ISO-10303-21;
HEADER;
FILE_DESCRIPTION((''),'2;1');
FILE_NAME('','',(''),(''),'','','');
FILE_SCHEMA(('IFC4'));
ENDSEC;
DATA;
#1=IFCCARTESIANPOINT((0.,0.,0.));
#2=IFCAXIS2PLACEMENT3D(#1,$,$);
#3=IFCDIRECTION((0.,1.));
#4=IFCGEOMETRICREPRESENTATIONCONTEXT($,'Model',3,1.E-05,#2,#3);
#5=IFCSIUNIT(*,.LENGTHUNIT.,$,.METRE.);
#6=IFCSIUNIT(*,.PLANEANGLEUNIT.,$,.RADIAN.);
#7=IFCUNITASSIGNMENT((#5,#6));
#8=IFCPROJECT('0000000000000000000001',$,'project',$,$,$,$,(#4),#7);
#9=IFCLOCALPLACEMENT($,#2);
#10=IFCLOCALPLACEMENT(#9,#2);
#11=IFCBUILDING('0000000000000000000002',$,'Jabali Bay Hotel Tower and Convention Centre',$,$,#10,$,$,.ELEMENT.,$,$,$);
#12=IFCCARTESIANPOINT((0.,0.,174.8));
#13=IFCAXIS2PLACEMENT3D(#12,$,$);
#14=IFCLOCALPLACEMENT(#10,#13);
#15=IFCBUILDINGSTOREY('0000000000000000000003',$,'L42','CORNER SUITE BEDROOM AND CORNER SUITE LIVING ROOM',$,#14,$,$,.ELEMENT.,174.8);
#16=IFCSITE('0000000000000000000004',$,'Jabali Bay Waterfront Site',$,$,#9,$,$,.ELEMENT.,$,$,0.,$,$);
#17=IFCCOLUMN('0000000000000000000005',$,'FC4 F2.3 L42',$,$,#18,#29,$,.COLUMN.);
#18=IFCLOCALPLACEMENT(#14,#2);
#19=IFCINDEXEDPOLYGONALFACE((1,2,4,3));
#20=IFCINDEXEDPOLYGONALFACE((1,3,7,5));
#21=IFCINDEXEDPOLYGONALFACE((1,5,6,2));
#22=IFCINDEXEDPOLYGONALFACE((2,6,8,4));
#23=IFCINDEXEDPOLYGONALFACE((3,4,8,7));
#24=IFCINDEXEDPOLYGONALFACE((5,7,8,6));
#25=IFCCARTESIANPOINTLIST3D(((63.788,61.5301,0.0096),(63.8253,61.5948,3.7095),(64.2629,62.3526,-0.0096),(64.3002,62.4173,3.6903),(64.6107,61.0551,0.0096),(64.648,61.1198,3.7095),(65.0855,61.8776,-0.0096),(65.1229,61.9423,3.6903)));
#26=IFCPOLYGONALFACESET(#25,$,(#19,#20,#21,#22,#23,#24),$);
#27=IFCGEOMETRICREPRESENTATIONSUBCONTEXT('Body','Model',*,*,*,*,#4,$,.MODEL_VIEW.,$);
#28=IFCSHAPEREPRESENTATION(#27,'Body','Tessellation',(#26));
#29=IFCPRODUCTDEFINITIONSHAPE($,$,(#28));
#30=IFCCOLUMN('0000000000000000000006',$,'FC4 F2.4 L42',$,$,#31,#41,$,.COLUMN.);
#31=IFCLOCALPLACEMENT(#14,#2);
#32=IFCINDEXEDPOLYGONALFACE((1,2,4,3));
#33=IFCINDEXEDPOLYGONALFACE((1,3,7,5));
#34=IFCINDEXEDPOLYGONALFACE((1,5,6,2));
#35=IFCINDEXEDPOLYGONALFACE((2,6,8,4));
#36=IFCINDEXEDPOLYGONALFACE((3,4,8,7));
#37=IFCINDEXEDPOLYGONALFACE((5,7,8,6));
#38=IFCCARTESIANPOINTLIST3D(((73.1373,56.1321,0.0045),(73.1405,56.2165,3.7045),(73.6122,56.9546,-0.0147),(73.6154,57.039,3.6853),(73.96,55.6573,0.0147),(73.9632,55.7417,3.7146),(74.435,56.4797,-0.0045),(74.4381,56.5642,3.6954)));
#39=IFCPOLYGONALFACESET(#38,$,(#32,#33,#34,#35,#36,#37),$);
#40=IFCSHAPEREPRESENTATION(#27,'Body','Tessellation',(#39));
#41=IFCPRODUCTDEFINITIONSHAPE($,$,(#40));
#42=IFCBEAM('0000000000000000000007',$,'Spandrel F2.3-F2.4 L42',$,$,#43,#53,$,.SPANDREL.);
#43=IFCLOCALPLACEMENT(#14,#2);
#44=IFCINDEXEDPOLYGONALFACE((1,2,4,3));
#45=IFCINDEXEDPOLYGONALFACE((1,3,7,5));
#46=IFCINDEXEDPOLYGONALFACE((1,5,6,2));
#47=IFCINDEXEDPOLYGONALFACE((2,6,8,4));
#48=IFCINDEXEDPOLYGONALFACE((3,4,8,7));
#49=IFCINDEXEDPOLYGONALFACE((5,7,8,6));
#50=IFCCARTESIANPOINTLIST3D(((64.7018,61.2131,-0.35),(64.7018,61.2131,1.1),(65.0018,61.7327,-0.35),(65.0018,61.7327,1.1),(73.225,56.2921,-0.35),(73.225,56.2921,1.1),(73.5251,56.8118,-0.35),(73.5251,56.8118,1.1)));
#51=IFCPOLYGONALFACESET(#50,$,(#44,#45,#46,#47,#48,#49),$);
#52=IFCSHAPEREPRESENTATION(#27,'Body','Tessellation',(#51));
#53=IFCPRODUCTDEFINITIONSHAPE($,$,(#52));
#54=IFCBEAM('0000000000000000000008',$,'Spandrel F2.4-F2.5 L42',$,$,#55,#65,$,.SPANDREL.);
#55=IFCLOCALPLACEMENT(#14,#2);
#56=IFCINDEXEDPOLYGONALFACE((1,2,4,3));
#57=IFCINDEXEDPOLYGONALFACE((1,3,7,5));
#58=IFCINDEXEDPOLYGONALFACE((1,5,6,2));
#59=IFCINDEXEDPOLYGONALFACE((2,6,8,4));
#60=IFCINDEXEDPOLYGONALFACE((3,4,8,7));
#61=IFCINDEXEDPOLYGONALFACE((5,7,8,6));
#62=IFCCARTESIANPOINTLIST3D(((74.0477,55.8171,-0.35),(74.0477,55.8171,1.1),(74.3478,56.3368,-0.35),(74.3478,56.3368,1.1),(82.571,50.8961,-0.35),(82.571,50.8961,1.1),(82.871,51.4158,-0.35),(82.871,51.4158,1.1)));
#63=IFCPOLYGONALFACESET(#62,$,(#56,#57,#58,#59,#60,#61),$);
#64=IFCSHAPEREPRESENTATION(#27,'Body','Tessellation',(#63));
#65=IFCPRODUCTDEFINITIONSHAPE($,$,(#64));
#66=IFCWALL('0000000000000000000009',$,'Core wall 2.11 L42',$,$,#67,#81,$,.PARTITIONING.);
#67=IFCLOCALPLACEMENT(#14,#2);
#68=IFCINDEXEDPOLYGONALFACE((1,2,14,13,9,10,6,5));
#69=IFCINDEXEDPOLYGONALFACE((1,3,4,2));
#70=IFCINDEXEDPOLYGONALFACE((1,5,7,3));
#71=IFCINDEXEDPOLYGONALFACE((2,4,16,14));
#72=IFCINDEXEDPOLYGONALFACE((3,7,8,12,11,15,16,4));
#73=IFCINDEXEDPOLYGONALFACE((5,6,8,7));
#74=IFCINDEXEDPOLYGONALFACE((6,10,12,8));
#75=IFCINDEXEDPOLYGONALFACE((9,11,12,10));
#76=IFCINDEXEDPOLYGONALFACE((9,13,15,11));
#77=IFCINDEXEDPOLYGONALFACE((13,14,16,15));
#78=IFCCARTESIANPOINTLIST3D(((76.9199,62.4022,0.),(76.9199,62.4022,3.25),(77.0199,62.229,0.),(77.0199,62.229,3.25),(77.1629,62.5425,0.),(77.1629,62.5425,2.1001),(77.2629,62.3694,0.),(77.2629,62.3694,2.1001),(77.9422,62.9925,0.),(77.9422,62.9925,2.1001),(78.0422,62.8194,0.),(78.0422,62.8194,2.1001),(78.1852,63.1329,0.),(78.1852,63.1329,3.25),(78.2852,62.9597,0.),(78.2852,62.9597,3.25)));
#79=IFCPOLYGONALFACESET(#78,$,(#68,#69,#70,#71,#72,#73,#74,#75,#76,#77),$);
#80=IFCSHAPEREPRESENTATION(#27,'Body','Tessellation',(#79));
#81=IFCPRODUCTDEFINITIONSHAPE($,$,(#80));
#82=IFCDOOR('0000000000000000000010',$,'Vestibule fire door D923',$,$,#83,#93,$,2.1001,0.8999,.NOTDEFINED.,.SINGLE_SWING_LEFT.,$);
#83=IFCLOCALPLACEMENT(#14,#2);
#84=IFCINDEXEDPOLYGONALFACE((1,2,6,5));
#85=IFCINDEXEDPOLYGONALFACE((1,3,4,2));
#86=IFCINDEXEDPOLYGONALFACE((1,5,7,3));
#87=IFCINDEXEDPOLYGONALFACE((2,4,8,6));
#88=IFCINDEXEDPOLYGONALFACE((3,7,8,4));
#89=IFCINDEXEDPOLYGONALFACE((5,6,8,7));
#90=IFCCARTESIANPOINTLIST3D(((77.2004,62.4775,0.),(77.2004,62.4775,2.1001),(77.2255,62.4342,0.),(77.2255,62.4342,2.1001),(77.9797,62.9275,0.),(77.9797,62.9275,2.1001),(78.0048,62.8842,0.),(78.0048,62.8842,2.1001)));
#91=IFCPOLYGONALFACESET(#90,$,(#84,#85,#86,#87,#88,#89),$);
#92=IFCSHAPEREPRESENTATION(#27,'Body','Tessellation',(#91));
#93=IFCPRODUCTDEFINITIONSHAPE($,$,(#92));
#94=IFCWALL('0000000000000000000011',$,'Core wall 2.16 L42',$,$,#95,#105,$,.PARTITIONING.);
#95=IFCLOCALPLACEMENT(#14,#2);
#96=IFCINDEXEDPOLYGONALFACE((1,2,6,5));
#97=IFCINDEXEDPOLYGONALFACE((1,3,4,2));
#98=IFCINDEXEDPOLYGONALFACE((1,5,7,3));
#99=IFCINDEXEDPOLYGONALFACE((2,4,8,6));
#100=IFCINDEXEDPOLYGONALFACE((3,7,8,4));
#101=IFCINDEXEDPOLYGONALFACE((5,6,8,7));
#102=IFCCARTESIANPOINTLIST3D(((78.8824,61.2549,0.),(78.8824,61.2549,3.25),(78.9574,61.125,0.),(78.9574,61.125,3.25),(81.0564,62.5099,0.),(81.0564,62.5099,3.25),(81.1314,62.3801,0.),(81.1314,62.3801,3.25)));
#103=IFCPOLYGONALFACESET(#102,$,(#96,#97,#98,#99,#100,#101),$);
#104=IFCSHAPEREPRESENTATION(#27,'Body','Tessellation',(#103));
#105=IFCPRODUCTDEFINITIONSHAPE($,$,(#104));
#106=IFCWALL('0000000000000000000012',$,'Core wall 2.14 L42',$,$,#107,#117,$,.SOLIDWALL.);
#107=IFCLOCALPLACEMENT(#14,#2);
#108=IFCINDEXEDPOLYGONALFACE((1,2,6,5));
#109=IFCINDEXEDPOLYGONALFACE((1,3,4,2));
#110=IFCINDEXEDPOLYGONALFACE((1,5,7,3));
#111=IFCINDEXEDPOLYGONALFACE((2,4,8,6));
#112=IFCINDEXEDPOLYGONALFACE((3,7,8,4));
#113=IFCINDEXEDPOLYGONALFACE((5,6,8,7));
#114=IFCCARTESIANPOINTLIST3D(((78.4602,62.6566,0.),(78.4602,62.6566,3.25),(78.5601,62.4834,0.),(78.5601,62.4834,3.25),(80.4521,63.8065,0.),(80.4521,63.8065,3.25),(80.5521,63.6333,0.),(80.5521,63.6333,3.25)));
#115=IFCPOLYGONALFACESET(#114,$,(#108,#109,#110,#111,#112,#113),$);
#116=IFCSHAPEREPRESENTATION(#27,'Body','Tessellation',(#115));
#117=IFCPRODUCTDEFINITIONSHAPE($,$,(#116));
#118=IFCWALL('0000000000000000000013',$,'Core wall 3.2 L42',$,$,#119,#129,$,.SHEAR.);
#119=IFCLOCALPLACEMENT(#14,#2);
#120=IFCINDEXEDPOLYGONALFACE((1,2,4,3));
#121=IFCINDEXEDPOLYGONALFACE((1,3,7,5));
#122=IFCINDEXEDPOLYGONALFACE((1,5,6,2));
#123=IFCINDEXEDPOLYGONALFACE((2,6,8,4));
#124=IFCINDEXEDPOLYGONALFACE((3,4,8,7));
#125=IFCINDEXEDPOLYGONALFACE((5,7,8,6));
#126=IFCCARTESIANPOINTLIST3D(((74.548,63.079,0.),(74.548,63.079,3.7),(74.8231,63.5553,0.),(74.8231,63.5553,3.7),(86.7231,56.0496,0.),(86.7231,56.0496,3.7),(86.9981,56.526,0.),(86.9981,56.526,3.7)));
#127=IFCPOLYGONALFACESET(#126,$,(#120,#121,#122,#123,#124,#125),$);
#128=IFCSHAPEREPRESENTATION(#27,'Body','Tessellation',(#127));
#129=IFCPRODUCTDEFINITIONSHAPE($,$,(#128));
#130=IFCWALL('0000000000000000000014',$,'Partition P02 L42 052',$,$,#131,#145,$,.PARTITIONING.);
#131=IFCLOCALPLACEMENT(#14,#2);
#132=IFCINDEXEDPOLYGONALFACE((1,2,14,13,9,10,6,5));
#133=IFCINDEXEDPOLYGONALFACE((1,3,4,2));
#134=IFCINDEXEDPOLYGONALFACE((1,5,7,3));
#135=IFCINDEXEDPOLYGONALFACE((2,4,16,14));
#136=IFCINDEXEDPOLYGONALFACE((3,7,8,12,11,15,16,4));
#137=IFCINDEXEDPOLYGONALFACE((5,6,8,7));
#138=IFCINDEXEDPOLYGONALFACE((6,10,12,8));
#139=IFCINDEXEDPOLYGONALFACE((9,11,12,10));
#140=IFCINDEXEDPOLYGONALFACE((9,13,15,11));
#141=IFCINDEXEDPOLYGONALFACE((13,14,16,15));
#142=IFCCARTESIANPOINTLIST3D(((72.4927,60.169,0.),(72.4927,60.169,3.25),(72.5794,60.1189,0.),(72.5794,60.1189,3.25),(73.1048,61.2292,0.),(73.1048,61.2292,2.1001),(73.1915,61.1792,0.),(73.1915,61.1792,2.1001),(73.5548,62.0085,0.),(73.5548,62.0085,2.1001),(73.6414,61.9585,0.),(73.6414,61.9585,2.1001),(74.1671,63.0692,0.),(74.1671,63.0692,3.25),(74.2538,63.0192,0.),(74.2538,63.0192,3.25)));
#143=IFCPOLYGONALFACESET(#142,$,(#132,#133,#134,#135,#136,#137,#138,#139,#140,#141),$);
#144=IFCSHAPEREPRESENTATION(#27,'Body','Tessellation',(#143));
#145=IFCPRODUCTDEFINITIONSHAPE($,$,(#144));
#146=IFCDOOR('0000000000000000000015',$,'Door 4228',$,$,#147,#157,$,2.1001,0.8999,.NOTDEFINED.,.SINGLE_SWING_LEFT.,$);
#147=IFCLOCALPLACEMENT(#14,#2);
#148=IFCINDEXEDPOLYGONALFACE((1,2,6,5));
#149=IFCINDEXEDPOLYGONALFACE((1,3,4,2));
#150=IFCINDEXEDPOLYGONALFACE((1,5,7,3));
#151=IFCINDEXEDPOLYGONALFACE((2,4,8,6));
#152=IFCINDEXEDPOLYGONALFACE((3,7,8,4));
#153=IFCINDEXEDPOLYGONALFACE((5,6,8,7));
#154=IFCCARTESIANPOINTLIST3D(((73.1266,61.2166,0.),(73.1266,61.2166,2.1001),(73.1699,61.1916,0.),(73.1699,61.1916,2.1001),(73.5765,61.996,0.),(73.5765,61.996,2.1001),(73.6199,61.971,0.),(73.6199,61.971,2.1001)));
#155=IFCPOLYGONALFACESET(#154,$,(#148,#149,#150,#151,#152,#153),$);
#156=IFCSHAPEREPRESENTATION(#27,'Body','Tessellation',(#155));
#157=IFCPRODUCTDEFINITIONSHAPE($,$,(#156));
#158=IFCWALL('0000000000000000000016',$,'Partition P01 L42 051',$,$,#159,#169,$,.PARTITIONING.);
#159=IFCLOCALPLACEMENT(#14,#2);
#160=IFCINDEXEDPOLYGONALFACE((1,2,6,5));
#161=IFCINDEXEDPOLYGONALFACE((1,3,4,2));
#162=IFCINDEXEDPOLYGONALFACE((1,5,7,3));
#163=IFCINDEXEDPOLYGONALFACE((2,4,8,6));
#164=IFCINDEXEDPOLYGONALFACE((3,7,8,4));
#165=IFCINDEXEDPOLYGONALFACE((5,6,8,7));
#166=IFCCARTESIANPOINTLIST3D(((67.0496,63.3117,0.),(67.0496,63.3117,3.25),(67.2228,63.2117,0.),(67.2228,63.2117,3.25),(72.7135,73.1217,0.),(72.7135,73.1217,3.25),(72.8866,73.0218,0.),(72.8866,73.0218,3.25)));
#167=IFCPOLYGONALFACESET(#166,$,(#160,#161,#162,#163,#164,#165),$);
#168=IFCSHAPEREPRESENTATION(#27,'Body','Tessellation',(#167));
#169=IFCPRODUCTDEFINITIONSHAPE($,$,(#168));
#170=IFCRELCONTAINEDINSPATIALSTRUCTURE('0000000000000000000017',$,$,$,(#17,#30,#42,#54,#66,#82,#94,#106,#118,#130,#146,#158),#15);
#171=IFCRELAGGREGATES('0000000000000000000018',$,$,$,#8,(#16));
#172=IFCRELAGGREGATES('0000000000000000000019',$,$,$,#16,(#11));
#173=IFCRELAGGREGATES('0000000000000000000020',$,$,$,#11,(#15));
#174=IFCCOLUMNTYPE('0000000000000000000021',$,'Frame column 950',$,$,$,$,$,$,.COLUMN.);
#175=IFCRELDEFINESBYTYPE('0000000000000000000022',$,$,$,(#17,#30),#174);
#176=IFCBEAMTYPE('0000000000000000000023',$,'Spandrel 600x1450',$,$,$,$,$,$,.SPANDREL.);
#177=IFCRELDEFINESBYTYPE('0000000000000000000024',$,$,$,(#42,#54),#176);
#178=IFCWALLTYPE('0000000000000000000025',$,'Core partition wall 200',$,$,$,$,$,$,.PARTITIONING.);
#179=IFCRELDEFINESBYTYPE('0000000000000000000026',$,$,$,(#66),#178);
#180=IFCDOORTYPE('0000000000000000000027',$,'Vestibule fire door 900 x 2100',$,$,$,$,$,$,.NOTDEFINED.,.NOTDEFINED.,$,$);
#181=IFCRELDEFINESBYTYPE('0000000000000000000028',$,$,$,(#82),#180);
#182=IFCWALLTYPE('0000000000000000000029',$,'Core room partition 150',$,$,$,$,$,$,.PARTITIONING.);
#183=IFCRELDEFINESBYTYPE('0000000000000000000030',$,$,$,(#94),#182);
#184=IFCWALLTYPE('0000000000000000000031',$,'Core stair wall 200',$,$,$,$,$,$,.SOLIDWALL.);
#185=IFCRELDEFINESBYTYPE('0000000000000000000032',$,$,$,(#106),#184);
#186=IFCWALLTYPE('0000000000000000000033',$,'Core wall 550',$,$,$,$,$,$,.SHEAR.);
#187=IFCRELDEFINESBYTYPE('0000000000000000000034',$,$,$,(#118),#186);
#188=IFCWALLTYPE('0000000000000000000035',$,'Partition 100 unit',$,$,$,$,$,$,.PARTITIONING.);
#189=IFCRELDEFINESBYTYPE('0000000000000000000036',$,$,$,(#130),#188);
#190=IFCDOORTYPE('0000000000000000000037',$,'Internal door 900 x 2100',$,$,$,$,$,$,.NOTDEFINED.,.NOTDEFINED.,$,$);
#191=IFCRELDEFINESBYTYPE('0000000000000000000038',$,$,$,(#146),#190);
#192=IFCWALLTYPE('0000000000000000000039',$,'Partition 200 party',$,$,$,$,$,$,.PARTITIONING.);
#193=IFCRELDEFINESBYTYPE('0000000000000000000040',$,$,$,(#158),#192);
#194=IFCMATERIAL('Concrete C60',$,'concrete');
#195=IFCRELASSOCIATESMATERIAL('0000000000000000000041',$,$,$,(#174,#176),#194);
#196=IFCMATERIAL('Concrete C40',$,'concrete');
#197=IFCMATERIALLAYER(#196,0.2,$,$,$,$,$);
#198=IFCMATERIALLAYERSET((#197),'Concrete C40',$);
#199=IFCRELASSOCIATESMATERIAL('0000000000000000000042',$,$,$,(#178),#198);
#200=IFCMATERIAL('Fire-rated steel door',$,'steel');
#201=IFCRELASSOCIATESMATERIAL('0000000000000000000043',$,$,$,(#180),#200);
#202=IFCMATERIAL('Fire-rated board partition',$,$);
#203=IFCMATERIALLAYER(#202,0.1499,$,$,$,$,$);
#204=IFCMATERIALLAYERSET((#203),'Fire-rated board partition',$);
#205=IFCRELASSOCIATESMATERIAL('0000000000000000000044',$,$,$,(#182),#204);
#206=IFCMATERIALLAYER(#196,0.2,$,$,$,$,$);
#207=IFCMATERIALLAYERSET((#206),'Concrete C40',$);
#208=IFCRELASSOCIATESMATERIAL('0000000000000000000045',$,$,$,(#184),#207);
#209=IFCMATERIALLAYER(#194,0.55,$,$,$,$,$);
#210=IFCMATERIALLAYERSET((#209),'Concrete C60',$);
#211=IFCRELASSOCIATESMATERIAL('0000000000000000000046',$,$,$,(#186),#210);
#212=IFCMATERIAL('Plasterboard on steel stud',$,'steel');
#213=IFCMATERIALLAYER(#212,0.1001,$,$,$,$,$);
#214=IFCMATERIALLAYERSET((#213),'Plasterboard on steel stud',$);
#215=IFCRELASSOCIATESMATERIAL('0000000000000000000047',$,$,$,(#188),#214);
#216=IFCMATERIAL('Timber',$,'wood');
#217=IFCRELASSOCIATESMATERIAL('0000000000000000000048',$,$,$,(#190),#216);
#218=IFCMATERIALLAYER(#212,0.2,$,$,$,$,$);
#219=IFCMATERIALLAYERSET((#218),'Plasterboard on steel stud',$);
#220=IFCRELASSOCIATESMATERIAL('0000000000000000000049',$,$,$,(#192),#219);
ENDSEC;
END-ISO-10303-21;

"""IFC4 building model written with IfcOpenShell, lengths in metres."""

from ifc_helpers import new_model, si_unit, direction, frame, frame_2d, origin, origin_2d, place, context, subcontext, project, spatial, rectangle, extrude, material, layer, layer_set, material_profile, profile_set, type_object, element, fill, save


model = new_model("IFC4")

# Units and contexts
model_context = context("Model", 3, precision=1e-05, world=origin(), true_north=direction((0.0, 1.0)))
body_context = subcontext(model_context, "Body", "Model", "MODEL_VIEW")
ifc_project = project(units=[si_unit("LENGTHUNIT", "METRE"), si_unit("PLANEANGLEUNIT", "RADIAN")], contexts=[model_context])

# Site, building, storey
site_placement = place(None, origin())
site = spatial("IfcSite", under=ifc_project, at=site_placement, Name="Jabali Bay Waterfront Site", CompositionType="ELEMENT", RefElevation=0.0)
building_placement = place(site_placement, origin())
building = spatial("IfcBuilding", under=site, at=building_placement, Name="Jabali Bay Hotel Tower and Convention Centre", CompositionType="ELEMENT")
storey_placement = place(building_placement, frame((0.0, 0.0, 174.8)))
storey = spatial("IfcBuildingStorey", under=building, at=storey_placement, Name="L42", Description="CORNER SUITE BEDROOM AND CORNER SUITE LIVING ROOM", CompositionType="ELEMENT", Elevation=174.8)

# Columns
ifc_material_1 = material(Name="Concrete C60", Category="concrete")
ifc_material_profile_1 = material_profile(ifc_material_1, rectangle(XDim=0.95, YDim=0.95, at=origin_2d()), Name="Frame column 950")
ifc_profile_set_1 = profile_set([ifc_material_profile_1], Name="Concrete C60")
column_type = type_object("IfcColumnType", Name="Frame column 950", PredefinedType="COLUMN", material=ifc_profile_set_1)
column_1_placement = place(storey_placement, frame((64.4368, 61.7039, 0.0), z_axis=(0.010094, 0.017482, 0.999796), x_axis=(-0.866023, 0.500005, 0.0)))
element("IfcColumn", 1, at=column_1_placement, inside=storey, type_object=column_type, Name="FC4 F2.3 L42", PredefinedType="COLUMN", context=body_context, shape_type="SweptSolid", body=[
    extrude(rectangle(XDim=0.95, YDim=0.95, at=origin_2d()), origin(), (0.0, 0.0, 1.0), 3.7007),
])
column_2_placement = place(storey_placement, frame((73.7861, 56.3059, 0.0), z_axis=(0.000858, 0.022825, 0.999739), x_axis=(-0.499949, -0.865819, 0.020196)))
element("IfcColumn", 2, at=column_2_placement, inside=storey, type_object=column_type, Name="FC4 F2.4 L42", PredefinedType="COLUMN", context=body_context, shape_type="SweptSolid", body=[
    extrude(rectangle(XDim=0.95, YDim=0.95, at=origin_2d()), origin(), (0.0, 0.0, 1.0), 3.7009),
])

# Beams
ifc_material_profile_2 = material_profile(ifc_material_1, rectangle(XDim=0.6001, YDim=1.45, at=origin_2d()), Name="Spandrel 600x1450")
ifc_profile_set_2 = profile_set([ifc_material_profile_2], Name="Concrete C60")
beam_type = type_object("IfcBeamType", Name="Spandrel 600x1450", PredefinedType="SPANDREL", material=ifc_profile_set_2)
for number, where, z_axis, x_axis, name in (
    (3, (64.8518, 61.4729, 0.375), (0.866024, -0.500002, 0.0), (0.500002, 0.866024, 0.0), "Spandrel F2.3-F2.4 L42"),
    (4, (74.1978, 56.0769, 0.375), (0.866024, -0.500002, 0.0), (0.500002, 0.866024, 0.0), "Spandrel F2.4-F2.5 L42"),
):
    element("IfcBeam", number, at=place(storey_placement, frame(where, z_axis=z_axis, x_axis=x_axis)), inside=storey, type_object=beam_type, Name=name, PredefinedType="SPANDREL", context=body_context, shape_type="SweptSolid", body=[
        extrude(rectangle(XDim=0.6001, YDim=1.45, at=origin_2d()), origin(), (0.0, 0.0, 1.0), 9.8418),
    ])

# Wall, opening, door
ifc_material_2 = material(Name="Concrete C40", Category="concrete")
ifc_layer_1 = layer(ifc_material_2, 0.2)
ifc_layer_set_1 = layer_set([ifc_layer_1], Name="Concrete C40")
wall_type_1 = type_object("IfcWallType", Name="Core partition wall 200", PredefinedType="PARTITIONING", material=ifc_layer_set_1)
wall_1_placement = place(storey_placement, frame((76.97, 62.3157, 0.0), z_axis=(0.0, 0.0, 1.0), x_axis=(0.865982, 0.500074, 0.0)))
wall_1 = element("IfcWall", 5, at=wall_1_placement, inside=storey, type_object=wall_type_1, Name="Core wall 2.11 L42", PredefinedType="PARTITIONING", context=body_context, shape_type="SweptSolid", body=[
    extrude(rectangle(XDim=1.4612, YDim=0.2, at=frame_2d((0.7305, 0.0))), origin(), (0.0, 0.0, 1.0), 3.25),
])
opening_1_placement = place(wall_1_placement, frame((0.2805, 0.0, 0.0)))
opening_1 = element("IfcOpeningElement", 6, at=opening_1_placement, cuts=wall_1, PredefinedType="OPENING", context=body_context, shape_type="SweptSolid", body=[
    extrude(rectangle(XDim=0.8999, YDim=2.1001, at=frame_2d((0.45, 1.05))), frame((0.0, 0.1104, 0.0), z_axis=(0.0, -1.0, 0.0), x_axis=(1.0, 0.0, 0.0)), (0.0, 0.0, 1.0), 0.2209),
])
ifc_material_3 = material(Name="Fire-rated steel door", Category="steel")
door_type_1 = type_object("IfcDoorType", Name="Vestibule fire door 900 x 2100", OperationType="NOTDEFINED", PredefinedType="NOTDEFINED", material=ifc_material_3)
door_1_placement = place(opening_1_placement, origin())
door_1 = element("IfcDoor", 7, at=door_1_placement, inside=storey, type_object=door_type_1, Name="Vestibule fire door D923", OperationType="SINGLE_SWING_LEFT", OverallHeight=2.1001, OverallWidth=0.8999, PredefinedType="NOTDEFINED", context=body_context, shape_type="SweptSolid", body=[
    extrude(rectangle(XDim=0.8999, YDim=2.1001, at=frame_2d((0.45, 1.05))), frame((0.0, 0.0249, 0.0), z_axis=(0.0, -1.0, 0.0), x_axis=(1.0, 0.0, 0.0)), (0.0, 0.0, 1.0), 0.05),
])
fill(opening_1, door_1)

# Walls
ifc_material_4 = material(Name="Fire-rated board partition")
ifc_layer_2 = layer(ifc_material_4, 0.1499)
ifc_layer_set_2 = layer_set([ifc_layer_2], Name="Fire-rated board partition")
wall_type_2 = type_object("IfcWallType", Name="Core room partition 150", PredefinedType="PARTITIONING", material=ifc_layer_set_2)
wall_2_placement = place(storey_placement, frame((78.9199, 61.1899, 0.0), z_axis=(0.0, 0.0, 1.0), x_axis=(0.866038, 0.499978, 0.0)))
element("IfcWall", 8, at=wall_2_placement, inside=storey, type_object=wall_type_2, Name="Core wall 2.16 L42", PredefinedType="PARTITIONING", context=body_context, shape_type="SweptSolid", body=[
    extrude(rectangle(XDim=2.5103, YDim=0.1499, at=frame_2d((1.2551, 0.0))), origin(), (0.0, 0.0, 1.0), 3.25),
])
ifc_layer_3 = layer(ifc_material_2, 0.2)
ifc_layer_set_3 = layer_set([ifc_layer_3], Name="Concrete C40")
wall_type_3 = type_object("IfcWallType", Name="Core stair wall 200", PredefinedType="SOLIDWALL", material=ifc_layer_set_3)
wall_3_placement = place(storey_placement, frame((78.5103, 62.5701, 0.0), z_axis=(0.0, 0.0, 1.0), x_axis=(0.866053, 0.499952, 0.0)))
element("IfcWall", 9, at=wall_3_placement, inside=storey, type_object=wall_type_3, Name="Core wall 2.14 L42", PredefinedType="SOLIDWALL", context=body_context, shape_type="SweptSolid", body=[
    extrude(rectangle(XDim=2.3, YDim=0.2, at=frame_2d((1.1499, 0.0))), origin(), (0.0, 0.0, 1.0), 3.25),
])
ifc_layer_4 = layer(ifc_material_1, 0.55)
ifc_layer_set_4 = layer_set([ifc_layer_4], Name="Concrete C60")
wall_type_4 = type_object("IfcWallType", Name="Core wall 550", PredefinedType="SHEAR", material=ifc_layer_set_4)
wall_4_placement = place(storey_placement, frame((74.6855, 63.3171, 0.0), z_axis=(0.0, 0.0, 1.0), x_axis=(0.866025, -0.500002, 0.0)))
element("IfcWall", 10, at=wall_4_placement, inside=storey, type_object=wall_type_4, Name="Core wall 3.2 L42", PredefinedType="SHEAR", context=body_context, shape_type="SweptSolid", body=[
    extrude(rectangle(XDim=14.0586, YDim=0.55, at=frame_2d((7.0293, 0.0))), origin(), (0.0, 0.0, 1.0), 3.7),
])

# Wall, opening, door
ifc_material_5 = material(Name="Plasterboard on steel stud", Category="steel")
ifc_layer_5 = layer(ifc_material_5, 0.1001)
ifc_layer_set_5 = layer_set([ifc_layer_5], Name="Plasterboard on steel stud")
wall_type_5 = type_object("IfcWallType", Name="Partition 100 unit", PredefinedType="PARTITIONING", material=ifc_layer_set_5)
wall_5_placement = place(storey_placement, frame((72.5361, 60.144, 0.0), z_axis=(0.0, 0.0, 1.0), x_axis=(0.499981, 0.866036, 0.0)))
wall_5 = element("IfcWall", 11, at=wall_5_placement, inside=storey, type_object=wall_type_5, Name="Partition P02 L42 052", PredefinedType="PARTITIONING", context=body_context, shape_type="SweptSolid", body=[
    extrude(rectangle(XDim=3.3489, YDim=0.1001, at=frame_2d((1.6743, 0.0))), origin(), (0.0, 0.0, 1.0), 3.25),
])
opening_2_placement = place(wall_5_placement, frame((1.2241, 0.0, 0.0)))
opening_2 = element("IfcOpeningElement", 12, at=opening_2_placement, cuts=wall_5, PredefinedType="OPENING", context=body_context, shape_type="SweptSolid", body=[
    extrude(rectangle(XDim=0.8999, YDim=2.1001, at=frame_2d((0.45, 1.05))), frame((0.0, 0.0605, 0.0), z_axis=(0.0, -1.0, 0.0), x_axis=(1.0, 0.0, 0.0)), (0.0, 0.0, 1.0), 0.1211),
])
ifc_material_6 = material(Name="Timber", Category="wood")
door_type_2 = type_object("IfcDoorType", Name="Internal door 900 x 2100", OperationType="NOTDEFINED", PredefinedType="NOTDEFINED", material=ifc_material_6)
door_2_placement = place(opening_2_placement, origin())
door_2 = element("IfcDoor", 13, at=door_2_placement, inside=storey, type_object=door_type_2, Name="Door 4228", OperationType="SINGLE_SWING_LEFT", OverallHeight=2.1001, OverallWidth=0.8999, PredefinedType="NOTDEFINED", context=body_context, shape_type="SweptSolid", body=[
    extrude(rectangle(XDim=0.8999, YDim=2.1001, at=frame_2d((0.45, 1.05))), frame((0.0, 0.0249, 0.0), z_axis=(0.0, -1.0, 0.0), x_axis=(1.0, 0.0, 0.0)), (0.0, 0.0, 1.0), 0.05),
])
fill(opening_2, door_2)

# Wall
ifc_layer_6 = layer(ifc_material_5, 0.2)
ifc_layer_set_6 = layer_set([ifc_layer_6], Name="Plasterboard on steel stud")
wall_type_6 = type_object("IfcWallType", Name="Partition 200 party", PredefinedType="PARTITIONING", material=ifc_layer_set_6)
wall_6_placement = place(storey_placement, frame((67.1362, 63.2617, 0.0), z_axis=(0.0, 0.0, 1.0), x_axis=(0.499999, 0.866026, 0.0)))
element("IfcWall", 14, at=wall_6_placement, inside=storey, type_object=wall_type_6, Name="Partition P01 L42 051", PredefinedType="PARTITIONING", context=body_context, shape_type="SweptSolid", body=[
    extrude(rectangle(XDim=11.3276, YDim=0.2, at=frame_2d((5.6638, 0.0))), origin(), (0.0, 0.0, 1.0), 3.25),
])

save(model, "model.ifc")
